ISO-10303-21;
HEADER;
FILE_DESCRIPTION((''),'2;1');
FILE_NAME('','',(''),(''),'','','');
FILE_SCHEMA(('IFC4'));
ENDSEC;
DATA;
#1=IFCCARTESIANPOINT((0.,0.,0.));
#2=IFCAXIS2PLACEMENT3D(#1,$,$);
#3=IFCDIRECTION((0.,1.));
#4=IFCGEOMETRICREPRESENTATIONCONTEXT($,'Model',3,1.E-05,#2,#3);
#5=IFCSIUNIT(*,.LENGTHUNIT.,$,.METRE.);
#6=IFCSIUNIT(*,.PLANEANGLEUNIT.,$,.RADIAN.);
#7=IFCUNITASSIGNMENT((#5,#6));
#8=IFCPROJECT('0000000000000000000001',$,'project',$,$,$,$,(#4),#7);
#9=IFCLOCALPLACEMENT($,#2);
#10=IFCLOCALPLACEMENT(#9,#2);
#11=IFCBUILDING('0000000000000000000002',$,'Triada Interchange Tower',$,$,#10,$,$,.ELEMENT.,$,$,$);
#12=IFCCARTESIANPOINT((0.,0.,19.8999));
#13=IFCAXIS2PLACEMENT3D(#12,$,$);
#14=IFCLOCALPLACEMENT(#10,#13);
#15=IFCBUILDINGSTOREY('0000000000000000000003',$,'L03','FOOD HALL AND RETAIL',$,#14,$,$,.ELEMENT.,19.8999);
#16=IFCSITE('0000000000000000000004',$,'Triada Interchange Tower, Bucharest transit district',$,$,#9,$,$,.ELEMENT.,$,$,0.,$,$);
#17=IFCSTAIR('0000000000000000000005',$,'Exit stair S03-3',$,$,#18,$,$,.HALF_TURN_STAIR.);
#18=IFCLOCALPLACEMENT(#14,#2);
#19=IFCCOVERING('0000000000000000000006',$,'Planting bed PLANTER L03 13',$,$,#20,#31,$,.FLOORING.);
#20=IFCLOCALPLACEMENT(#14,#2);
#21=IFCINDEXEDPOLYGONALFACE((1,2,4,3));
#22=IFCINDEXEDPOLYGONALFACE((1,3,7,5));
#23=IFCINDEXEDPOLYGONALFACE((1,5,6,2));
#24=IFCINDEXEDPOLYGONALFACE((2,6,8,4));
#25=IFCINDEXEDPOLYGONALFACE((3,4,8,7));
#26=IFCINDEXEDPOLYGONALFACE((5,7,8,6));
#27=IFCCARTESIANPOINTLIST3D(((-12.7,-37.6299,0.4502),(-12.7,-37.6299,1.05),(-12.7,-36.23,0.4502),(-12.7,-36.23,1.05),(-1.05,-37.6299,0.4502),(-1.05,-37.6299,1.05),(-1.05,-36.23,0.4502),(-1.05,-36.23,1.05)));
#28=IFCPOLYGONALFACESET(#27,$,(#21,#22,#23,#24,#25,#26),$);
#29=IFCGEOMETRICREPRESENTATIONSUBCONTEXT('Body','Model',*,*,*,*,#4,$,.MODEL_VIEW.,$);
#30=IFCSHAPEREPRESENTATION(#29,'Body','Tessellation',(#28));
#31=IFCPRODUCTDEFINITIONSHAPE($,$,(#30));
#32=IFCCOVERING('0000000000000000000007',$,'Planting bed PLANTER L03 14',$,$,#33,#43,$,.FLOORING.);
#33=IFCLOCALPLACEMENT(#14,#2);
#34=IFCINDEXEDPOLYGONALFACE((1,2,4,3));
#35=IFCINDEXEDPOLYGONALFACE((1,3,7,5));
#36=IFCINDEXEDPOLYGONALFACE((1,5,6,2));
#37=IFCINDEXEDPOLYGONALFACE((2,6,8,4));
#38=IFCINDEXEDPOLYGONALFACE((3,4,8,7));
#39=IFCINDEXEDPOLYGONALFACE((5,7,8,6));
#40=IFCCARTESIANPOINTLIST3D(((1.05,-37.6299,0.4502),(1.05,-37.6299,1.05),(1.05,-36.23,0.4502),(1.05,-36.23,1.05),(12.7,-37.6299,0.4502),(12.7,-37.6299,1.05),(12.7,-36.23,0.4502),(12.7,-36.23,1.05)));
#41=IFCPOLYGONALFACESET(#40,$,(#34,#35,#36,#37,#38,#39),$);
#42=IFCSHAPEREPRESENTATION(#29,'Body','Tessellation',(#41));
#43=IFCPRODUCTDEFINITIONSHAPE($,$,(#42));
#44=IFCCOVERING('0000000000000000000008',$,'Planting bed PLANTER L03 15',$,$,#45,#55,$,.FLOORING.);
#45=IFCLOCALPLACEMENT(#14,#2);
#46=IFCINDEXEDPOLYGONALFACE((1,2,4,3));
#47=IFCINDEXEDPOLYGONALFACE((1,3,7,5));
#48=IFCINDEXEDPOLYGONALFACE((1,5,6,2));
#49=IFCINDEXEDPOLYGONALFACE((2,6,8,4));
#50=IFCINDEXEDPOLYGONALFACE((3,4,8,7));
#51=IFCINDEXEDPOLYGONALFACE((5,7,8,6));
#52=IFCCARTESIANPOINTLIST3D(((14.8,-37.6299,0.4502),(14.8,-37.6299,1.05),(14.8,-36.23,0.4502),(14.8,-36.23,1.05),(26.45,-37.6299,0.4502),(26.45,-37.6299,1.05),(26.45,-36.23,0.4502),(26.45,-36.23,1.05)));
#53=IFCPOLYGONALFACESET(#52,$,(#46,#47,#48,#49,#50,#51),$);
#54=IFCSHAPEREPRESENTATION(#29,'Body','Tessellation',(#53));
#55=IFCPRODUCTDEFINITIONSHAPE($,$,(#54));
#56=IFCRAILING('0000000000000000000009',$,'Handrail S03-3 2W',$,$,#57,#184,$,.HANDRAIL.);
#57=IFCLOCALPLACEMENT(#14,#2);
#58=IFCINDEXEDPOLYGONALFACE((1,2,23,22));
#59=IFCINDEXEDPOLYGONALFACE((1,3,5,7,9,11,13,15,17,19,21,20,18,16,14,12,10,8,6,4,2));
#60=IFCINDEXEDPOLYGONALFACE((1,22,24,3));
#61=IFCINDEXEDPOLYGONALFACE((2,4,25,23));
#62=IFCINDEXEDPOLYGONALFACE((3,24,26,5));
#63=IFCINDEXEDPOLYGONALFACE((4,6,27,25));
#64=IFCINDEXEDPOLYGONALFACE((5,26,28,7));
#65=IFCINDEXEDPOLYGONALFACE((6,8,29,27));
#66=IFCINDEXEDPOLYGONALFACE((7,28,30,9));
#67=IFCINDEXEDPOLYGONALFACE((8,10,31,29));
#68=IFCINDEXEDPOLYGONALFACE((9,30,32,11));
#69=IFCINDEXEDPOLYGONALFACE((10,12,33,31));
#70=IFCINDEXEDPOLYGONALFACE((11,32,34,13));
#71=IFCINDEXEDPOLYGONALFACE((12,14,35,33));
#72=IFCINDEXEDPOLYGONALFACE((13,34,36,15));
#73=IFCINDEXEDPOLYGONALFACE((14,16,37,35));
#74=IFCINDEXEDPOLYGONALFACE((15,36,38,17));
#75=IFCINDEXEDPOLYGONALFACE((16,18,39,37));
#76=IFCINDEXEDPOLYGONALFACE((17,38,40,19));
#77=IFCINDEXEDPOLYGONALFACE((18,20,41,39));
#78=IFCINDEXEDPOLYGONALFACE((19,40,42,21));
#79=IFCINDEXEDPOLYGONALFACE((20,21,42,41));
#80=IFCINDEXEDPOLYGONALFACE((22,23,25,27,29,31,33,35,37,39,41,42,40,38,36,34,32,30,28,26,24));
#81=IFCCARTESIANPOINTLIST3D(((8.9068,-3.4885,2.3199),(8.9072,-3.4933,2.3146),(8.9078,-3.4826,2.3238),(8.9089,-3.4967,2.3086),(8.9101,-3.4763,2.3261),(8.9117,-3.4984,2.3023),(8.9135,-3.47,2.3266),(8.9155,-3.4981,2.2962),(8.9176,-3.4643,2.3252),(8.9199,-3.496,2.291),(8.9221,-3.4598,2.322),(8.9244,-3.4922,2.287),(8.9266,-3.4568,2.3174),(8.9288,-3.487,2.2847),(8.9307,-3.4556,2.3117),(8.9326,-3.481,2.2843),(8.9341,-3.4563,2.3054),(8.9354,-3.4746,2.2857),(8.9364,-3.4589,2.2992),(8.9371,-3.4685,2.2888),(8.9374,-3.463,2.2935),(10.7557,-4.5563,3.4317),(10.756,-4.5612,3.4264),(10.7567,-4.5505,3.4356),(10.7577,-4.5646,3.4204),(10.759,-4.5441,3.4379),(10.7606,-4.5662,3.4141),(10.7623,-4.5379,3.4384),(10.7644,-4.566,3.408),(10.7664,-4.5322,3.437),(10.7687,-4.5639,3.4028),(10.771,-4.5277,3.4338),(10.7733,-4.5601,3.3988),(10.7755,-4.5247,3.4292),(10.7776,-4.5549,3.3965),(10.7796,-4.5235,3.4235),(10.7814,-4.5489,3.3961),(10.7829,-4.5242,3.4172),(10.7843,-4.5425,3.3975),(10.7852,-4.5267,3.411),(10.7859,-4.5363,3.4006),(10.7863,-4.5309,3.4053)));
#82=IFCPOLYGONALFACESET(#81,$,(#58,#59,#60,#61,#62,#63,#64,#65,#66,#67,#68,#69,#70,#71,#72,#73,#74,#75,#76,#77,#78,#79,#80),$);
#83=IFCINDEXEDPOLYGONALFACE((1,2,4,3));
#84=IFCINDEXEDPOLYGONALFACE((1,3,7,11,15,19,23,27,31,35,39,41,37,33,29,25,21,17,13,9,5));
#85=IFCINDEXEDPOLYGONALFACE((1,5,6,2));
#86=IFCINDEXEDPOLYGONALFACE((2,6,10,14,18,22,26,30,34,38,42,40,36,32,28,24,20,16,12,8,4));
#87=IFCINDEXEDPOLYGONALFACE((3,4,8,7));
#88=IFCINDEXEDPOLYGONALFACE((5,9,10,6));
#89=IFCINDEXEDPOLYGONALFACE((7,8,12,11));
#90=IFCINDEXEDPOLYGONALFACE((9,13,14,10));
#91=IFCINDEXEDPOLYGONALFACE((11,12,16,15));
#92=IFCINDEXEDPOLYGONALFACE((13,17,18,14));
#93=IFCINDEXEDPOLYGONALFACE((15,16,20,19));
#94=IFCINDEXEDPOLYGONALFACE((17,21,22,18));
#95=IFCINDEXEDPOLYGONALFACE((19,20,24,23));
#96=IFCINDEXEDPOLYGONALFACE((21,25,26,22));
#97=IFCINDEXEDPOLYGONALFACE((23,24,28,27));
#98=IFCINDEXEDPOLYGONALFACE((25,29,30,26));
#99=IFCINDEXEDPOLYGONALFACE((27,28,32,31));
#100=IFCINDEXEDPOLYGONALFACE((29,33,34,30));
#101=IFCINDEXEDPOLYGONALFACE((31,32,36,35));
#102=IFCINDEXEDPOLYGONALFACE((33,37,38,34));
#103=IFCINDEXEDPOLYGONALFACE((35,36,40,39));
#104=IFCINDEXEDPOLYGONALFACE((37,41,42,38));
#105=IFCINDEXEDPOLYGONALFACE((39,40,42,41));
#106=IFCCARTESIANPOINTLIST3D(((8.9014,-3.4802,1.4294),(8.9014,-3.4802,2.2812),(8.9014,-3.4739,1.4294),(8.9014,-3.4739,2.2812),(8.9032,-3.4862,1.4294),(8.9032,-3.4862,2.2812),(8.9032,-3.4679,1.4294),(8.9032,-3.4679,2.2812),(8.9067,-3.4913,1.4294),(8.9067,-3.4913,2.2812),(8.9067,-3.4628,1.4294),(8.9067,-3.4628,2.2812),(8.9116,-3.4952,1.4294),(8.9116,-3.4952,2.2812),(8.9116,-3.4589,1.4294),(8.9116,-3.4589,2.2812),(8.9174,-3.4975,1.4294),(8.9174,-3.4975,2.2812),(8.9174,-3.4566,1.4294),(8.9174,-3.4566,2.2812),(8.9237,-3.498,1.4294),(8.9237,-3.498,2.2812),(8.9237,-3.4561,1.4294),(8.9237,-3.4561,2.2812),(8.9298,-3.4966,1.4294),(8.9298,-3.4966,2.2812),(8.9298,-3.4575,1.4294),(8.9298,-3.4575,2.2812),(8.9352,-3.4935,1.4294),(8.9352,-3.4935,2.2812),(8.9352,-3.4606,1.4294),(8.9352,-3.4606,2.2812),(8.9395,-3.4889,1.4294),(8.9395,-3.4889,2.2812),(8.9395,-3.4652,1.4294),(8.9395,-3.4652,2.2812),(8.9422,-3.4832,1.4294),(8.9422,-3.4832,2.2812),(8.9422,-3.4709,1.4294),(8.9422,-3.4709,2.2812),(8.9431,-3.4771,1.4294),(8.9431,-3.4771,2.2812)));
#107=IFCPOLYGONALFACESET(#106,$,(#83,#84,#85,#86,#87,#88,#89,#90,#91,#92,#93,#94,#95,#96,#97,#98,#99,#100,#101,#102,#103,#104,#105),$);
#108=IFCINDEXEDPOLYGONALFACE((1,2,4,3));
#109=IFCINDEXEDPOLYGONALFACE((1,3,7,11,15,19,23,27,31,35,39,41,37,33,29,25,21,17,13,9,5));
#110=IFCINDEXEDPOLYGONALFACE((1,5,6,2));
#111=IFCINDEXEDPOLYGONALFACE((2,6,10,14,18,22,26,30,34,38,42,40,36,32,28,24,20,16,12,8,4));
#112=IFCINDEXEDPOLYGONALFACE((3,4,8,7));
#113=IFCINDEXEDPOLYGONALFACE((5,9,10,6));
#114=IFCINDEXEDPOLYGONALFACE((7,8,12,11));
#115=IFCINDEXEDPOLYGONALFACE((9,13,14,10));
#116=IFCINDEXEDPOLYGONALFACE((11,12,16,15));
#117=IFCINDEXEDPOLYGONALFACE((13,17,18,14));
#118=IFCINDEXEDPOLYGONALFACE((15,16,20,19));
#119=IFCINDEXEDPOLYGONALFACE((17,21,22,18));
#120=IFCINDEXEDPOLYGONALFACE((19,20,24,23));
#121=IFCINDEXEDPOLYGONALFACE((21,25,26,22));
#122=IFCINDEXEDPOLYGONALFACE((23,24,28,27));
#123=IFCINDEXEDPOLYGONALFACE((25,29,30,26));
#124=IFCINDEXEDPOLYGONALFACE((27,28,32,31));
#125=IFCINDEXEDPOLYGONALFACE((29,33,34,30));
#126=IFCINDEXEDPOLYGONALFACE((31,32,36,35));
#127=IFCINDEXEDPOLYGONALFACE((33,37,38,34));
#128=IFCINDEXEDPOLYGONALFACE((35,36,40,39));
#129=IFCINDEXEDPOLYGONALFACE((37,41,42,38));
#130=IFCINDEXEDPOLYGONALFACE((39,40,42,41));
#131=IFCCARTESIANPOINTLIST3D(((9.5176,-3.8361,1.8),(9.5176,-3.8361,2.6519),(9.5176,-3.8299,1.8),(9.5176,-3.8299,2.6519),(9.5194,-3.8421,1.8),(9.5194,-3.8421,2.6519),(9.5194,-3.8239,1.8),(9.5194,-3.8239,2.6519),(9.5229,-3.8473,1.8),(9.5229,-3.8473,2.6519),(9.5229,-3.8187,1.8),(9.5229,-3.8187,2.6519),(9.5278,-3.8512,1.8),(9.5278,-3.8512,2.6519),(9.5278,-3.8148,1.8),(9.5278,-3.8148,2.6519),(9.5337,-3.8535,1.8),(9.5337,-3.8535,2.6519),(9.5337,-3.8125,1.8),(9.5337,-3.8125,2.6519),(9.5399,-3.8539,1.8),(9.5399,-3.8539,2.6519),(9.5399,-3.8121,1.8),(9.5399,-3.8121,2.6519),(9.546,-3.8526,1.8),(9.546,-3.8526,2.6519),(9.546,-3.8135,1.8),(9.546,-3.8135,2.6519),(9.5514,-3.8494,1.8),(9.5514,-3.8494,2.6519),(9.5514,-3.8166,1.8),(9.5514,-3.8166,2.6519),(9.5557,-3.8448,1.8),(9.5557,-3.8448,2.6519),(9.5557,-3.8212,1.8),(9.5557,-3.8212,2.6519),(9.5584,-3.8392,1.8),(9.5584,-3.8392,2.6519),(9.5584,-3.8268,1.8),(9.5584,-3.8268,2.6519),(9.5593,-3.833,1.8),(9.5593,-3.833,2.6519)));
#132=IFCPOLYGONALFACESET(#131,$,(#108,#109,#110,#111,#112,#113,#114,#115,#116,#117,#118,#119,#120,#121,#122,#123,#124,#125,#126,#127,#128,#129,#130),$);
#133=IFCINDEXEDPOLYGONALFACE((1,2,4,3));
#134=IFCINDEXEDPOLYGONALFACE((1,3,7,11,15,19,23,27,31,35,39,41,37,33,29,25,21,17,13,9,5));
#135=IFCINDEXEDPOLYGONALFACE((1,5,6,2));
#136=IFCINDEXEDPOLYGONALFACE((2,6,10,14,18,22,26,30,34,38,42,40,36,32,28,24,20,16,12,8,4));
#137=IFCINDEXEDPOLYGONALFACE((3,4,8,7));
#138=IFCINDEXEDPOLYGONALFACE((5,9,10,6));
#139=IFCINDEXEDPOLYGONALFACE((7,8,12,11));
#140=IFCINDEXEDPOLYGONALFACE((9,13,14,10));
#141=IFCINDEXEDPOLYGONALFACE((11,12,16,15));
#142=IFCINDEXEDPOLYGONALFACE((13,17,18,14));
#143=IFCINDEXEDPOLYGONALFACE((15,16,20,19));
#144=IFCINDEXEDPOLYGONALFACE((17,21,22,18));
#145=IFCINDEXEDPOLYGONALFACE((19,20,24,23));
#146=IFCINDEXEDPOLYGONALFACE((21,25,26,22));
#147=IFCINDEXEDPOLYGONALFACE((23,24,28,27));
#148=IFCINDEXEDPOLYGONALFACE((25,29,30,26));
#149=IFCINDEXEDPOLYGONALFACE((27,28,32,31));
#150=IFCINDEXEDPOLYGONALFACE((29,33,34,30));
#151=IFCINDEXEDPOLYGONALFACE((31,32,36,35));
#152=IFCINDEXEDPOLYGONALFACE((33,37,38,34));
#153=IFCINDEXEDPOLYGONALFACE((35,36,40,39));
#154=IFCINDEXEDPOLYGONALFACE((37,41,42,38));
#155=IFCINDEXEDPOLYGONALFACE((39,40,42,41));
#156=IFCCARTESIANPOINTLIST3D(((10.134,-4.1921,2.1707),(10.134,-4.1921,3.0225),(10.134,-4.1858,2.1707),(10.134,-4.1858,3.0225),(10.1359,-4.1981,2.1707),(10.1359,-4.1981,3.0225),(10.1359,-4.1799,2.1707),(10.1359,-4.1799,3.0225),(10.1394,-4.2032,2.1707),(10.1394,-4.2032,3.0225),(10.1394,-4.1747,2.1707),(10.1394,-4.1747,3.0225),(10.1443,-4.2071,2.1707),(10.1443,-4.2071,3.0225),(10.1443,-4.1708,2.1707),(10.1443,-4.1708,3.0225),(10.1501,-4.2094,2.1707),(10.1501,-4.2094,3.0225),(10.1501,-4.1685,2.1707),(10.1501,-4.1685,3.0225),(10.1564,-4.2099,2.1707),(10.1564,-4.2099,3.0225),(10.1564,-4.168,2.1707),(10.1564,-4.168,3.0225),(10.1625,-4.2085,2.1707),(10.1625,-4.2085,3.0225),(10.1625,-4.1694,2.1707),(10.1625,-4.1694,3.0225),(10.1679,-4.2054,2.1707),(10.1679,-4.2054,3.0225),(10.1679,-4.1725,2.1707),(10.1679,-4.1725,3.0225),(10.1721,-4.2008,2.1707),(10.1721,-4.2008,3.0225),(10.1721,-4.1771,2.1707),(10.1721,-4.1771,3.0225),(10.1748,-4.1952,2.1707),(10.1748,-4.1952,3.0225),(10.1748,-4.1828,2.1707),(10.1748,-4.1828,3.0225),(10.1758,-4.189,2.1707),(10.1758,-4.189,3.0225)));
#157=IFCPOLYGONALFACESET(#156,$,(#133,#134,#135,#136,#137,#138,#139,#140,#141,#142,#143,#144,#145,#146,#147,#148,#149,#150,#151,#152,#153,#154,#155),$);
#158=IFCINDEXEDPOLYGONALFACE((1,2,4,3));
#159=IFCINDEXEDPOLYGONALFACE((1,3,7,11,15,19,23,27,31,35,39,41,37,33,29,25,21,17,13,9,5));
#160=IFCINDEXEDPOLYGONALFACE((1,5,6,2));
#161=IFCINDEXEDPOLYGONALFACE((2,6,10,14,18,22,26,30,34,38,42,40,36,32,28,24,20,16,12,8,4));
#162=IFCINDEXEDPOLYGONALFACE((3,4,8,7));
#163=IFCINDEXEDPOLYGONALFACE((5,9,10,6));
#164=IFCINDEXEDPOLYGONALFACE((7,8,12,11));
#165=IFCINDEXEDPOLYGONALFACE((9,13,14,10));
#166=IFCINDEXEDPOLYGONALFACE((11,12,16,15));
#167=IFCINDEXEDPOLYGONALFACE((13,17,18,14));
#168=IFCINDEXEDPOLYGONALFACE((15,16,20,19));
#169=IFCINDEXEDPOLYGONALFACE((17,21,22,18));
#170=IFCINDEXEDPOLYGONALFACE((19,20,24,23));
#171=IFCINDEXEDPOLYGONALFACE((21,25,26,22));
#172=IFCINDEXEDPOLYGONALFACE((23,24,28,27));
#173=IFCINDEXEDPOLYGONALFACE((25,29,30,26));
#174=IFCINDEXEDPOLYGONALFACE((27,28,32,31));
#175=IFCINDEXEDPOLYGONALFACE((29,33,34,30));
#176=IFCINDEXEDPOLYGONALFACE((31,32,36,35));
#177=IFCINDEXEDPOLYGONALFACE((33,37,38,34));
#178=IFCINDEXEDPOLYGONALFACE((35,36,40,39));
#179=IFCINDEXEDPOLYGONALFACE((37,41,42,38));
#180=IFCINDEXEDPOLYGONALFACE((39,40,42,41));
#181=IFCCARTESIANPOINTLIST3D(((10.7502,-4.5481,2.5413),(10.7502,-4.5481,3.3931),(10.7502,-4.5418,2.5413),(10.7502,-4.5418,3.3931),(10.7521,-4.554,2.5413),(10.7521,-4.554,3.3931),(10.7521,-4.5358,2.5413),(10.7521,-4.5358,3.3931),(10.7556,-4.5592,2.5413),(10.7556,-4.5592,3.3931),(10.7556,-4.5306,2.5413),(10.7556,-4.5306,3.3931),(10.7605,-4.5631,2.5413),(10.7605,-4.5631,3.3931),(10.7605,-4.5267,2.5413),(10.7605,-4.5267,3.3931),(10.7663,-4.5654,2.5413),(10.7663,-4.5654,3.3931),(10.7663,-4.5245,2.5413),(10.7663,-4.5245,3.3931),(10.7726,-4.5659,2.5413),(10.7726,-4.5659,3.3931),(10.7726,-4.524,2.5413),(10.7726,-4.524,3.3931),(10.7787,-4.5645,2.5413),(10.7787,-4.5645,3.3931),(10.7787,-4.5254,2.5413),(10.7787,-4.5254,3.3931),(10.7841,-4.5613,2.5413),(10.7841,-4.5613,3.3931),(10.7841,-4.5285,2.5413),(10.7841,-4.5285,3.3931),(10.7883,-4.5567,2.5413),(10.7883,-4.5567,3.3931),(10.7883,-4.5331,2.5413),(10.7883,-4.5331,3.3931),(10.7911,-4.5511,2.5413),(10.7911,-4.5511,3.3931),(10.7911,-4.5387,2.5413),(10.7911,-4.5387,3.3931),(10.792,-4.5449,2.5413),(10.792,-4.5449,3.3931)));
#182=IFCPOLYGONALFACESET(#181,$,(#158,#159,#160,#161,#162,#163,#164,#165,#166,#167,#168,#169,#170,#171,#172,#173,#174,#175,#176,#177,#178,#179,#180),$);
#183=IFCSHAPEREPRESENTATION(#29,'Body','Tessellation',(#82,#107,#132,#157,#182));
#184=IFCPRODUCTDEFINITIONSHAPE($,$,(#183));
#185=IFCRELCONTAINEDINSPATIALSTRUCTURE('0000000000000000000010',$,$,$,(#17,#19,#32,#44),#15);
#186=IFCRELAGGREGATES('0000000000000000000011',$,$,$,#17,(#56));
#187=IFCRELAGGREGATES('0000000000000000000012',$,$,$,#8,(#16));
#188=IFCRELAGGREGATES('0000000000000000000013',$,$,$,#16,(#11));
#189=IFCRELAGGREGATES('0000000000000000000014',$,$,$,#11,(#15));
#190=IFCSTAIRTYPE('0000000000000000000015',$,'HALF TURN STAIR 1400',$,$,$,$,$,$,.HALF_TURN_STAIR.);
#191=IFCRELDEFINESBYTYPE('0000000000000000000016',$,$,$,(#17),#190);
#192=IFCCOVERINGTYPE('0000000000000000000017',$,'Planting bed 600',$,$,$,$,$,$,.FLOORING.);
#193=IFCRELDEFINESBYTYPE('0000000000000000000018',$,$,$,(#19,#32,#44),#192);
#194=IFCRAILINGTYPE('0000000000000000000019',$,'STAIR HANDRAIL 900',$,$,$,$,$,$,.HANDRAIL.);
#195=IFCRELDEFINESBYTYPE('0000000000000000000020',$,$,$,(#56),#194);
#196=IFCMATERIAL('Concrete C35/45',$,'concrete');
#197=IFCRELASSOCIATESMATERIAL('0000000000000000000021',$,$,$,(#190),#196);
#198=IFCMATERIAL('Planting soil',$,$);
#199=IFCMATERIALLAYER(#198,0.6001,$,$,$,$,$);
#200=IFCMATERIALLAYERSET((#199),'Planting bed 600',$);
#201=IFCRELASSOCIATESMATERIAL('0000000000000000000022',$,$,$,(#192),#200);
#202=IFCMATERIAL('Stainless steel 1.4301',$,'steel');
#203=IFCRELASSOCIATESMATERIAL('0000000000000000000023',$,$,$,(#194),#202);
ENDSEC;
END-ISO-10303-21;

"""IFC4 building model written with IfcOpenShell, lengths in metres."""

from ifc_helpers import new_model, si_unit, direction, frame, origin, origin_2d, place, context, subcontext, project, spatial, polyline, circle, outline, extrude, material, layer, layer_set, type_object, element, aggregate, save


model = new_model("IFC4")

# Units and contexts
model_context = context("Model", 3, precision=1e-05, world=origin(), true_north=direction((0.0, 1.0)))
body_context = subcontext(model_context, "Body", "Model", "MODEL_VIEW")
ifc_project = project(units=[si_unit("LENGTHUNIT", "METRE"), si_unit("PLANEANGLEUNIT", "RADIAN")], contexts=[model_context])

# Site, building, storey
site_placement = place(None, origin())
site = spatial("IfcSite", under=ifc_project, at=site_placement, Name="Triada Interchange Tower, Bucharest transit district", CompositionType="ELEMENT", RefElevation=0.0)
building_placement = place(site_placement, origin())
building = spatial("IfcBuilding", under=site, at=building_placement, Name="Triada Interchange Tower", CompositionType="ELEMENT")
storey_placement = place(building_placement, frame((0.0, 0.0, 19.8999)))
storey = spatial("IfcBuildingStorey", under=building, at=storey_placement, Name="L03", Description="FOOD HALL AND RETAIL", CompositionType="ELEMENT", Elevation=19.8999)

# Shared definitions
ifc_material_1 = material(Name="Concrete C35/45", Category="concrete")
stair_type = type_object("IfcStairType", Name="HALF TURN STAIR 1400", PredefinedType="HALF_TURN_STAIR", material=ifc_material_1)

# Stair
stair_1_placement = place(storey_placement, origin())
stair_1 = element("IfcStair", 1, at=stair_1_placement, inside=storey, type_object=stair_type, Name="Exit stair S03-3", PredefinedType="HALF_TURN_STAIR")

# Coverings
ifc_material_2 = material(Name="Planting soil")
ifc_layer_1 = layer(ifc_material_2, 0.6001)
ifc_layer_set_1 = layer_set([ifc_layer_1], Name="Planting bed 600")
covering_type = type_object("IfcCoveringType", Name="Planting bed 600", PredefinedType="FLOORING", material=ifc_layer_set_1)
covering_1_placement = place(storey_placement, frame((0.0, 0.0, 0.4502)))
element("IfcCovering", 2, at=covering_1_placement, inside=storey, type_object=covering_type, Name="Planting bed PLANTER L03 13", PredefinedType="FLOORING", context=body_context, shape_type="SweptSolid", body=[
    extrude(outline(polyline([(-12.7, -37.6299), (-1.05, -37.6299), (-1.05, -36.23), (-12.7, -36.23), (-12.7, -37.6299)])), origin(), (0.0, 0.0, 1.0), 0.5999),
])
covering_2_placement = place(storey_placement, frame((0.0, 0.0, 0.4502)))
element("IfcCovering", 3, at=covering_2_placement, inside=storey, type_object=covering_type, Name="Planting bed PLANTER L03 14", PredefinedType="FLOORING", context=body_context, shape_type="SweptSolid", body=[
    extrude(outline(polyline([(1.05, -37.6299), (12.7, -37.6299), (12.7, -36.23), (1.05, -36.23), (1.05, -37.6299)])), origin(), (0.0, 0.0, 1.0), 0.5999),
])
covering_3_placement = place(storey_placement, frame((0.0, 0.0, 0.4502)))
element("IfcCovering", 4, at=covering_3_placement, inside=storey, type_object=covering_type, Name="Planting bed PLANTER L03 15", PredefinedType="FLOORING", context=body_context, shape_type="SweptSolid", body=[
    extrude(outline(polyline([(14.8, -37.6299), (26.45, -37.6299), (26.45, -36.23), (14.8, -36.23), (14.8, -37.6299)])), origin(), (0.0, 0.0, 1.0), 0.5999),
])

# Railing
ifc_material_3 = material(Name="Stainless steel 1.4301", Category="steel")
railing_type = type_object("IfcRailingType", Name="STAIR HANDRAIL 900", PredefinedType="HANDRAIL", material=ifc_material_3)
railing_1_placement = place(storey_placement, frame((8.9221, -3.4771, 1.4294)))
railing_1 = element("IfcRailing", 5, at=railing_1_placement, type_object=railing_type, Name="Handrail S03-3 2W", PredefinedType="HANDRAIL", context=body_context, shape_type="SweptSolid", body=[
    extrude(circle(Radius=0.0239, at=origin_2d()), frame((0.0, 0.0, 0.876), z_axis=(0.768047, -0.443607, 0.461863), x_axis=(0.500148, 0.86594, 0.0)), (0.0, 0.0, 1.0), 2.4072),
    extrude(circle(Radius=0.021, at=origin_2d()), origin(), (0.0, 0.0, 1.0), 0.8518),
    extrude(circle(Radius=0.021, at=origin_2d()), frame((0.6162, -0.356, 0.3706)), (0.0, 0.0, 1.0), 0.8518),
    extrude(circle(Radius=0.021, at=origin_2d()), frame((1.2327, -0.7119, 0.7412)), (0.0, 0.0, 1.0), 0.8518),
    extrude(circle(Radius=0.021, at=origin_2d()), frame((1.8489, -1.0679, 1.1118)), (0.0, 0.0, 1.0), 0.8518),
])
aggregate(stair_1, [railing_1])

save(model, "model.ifc")
